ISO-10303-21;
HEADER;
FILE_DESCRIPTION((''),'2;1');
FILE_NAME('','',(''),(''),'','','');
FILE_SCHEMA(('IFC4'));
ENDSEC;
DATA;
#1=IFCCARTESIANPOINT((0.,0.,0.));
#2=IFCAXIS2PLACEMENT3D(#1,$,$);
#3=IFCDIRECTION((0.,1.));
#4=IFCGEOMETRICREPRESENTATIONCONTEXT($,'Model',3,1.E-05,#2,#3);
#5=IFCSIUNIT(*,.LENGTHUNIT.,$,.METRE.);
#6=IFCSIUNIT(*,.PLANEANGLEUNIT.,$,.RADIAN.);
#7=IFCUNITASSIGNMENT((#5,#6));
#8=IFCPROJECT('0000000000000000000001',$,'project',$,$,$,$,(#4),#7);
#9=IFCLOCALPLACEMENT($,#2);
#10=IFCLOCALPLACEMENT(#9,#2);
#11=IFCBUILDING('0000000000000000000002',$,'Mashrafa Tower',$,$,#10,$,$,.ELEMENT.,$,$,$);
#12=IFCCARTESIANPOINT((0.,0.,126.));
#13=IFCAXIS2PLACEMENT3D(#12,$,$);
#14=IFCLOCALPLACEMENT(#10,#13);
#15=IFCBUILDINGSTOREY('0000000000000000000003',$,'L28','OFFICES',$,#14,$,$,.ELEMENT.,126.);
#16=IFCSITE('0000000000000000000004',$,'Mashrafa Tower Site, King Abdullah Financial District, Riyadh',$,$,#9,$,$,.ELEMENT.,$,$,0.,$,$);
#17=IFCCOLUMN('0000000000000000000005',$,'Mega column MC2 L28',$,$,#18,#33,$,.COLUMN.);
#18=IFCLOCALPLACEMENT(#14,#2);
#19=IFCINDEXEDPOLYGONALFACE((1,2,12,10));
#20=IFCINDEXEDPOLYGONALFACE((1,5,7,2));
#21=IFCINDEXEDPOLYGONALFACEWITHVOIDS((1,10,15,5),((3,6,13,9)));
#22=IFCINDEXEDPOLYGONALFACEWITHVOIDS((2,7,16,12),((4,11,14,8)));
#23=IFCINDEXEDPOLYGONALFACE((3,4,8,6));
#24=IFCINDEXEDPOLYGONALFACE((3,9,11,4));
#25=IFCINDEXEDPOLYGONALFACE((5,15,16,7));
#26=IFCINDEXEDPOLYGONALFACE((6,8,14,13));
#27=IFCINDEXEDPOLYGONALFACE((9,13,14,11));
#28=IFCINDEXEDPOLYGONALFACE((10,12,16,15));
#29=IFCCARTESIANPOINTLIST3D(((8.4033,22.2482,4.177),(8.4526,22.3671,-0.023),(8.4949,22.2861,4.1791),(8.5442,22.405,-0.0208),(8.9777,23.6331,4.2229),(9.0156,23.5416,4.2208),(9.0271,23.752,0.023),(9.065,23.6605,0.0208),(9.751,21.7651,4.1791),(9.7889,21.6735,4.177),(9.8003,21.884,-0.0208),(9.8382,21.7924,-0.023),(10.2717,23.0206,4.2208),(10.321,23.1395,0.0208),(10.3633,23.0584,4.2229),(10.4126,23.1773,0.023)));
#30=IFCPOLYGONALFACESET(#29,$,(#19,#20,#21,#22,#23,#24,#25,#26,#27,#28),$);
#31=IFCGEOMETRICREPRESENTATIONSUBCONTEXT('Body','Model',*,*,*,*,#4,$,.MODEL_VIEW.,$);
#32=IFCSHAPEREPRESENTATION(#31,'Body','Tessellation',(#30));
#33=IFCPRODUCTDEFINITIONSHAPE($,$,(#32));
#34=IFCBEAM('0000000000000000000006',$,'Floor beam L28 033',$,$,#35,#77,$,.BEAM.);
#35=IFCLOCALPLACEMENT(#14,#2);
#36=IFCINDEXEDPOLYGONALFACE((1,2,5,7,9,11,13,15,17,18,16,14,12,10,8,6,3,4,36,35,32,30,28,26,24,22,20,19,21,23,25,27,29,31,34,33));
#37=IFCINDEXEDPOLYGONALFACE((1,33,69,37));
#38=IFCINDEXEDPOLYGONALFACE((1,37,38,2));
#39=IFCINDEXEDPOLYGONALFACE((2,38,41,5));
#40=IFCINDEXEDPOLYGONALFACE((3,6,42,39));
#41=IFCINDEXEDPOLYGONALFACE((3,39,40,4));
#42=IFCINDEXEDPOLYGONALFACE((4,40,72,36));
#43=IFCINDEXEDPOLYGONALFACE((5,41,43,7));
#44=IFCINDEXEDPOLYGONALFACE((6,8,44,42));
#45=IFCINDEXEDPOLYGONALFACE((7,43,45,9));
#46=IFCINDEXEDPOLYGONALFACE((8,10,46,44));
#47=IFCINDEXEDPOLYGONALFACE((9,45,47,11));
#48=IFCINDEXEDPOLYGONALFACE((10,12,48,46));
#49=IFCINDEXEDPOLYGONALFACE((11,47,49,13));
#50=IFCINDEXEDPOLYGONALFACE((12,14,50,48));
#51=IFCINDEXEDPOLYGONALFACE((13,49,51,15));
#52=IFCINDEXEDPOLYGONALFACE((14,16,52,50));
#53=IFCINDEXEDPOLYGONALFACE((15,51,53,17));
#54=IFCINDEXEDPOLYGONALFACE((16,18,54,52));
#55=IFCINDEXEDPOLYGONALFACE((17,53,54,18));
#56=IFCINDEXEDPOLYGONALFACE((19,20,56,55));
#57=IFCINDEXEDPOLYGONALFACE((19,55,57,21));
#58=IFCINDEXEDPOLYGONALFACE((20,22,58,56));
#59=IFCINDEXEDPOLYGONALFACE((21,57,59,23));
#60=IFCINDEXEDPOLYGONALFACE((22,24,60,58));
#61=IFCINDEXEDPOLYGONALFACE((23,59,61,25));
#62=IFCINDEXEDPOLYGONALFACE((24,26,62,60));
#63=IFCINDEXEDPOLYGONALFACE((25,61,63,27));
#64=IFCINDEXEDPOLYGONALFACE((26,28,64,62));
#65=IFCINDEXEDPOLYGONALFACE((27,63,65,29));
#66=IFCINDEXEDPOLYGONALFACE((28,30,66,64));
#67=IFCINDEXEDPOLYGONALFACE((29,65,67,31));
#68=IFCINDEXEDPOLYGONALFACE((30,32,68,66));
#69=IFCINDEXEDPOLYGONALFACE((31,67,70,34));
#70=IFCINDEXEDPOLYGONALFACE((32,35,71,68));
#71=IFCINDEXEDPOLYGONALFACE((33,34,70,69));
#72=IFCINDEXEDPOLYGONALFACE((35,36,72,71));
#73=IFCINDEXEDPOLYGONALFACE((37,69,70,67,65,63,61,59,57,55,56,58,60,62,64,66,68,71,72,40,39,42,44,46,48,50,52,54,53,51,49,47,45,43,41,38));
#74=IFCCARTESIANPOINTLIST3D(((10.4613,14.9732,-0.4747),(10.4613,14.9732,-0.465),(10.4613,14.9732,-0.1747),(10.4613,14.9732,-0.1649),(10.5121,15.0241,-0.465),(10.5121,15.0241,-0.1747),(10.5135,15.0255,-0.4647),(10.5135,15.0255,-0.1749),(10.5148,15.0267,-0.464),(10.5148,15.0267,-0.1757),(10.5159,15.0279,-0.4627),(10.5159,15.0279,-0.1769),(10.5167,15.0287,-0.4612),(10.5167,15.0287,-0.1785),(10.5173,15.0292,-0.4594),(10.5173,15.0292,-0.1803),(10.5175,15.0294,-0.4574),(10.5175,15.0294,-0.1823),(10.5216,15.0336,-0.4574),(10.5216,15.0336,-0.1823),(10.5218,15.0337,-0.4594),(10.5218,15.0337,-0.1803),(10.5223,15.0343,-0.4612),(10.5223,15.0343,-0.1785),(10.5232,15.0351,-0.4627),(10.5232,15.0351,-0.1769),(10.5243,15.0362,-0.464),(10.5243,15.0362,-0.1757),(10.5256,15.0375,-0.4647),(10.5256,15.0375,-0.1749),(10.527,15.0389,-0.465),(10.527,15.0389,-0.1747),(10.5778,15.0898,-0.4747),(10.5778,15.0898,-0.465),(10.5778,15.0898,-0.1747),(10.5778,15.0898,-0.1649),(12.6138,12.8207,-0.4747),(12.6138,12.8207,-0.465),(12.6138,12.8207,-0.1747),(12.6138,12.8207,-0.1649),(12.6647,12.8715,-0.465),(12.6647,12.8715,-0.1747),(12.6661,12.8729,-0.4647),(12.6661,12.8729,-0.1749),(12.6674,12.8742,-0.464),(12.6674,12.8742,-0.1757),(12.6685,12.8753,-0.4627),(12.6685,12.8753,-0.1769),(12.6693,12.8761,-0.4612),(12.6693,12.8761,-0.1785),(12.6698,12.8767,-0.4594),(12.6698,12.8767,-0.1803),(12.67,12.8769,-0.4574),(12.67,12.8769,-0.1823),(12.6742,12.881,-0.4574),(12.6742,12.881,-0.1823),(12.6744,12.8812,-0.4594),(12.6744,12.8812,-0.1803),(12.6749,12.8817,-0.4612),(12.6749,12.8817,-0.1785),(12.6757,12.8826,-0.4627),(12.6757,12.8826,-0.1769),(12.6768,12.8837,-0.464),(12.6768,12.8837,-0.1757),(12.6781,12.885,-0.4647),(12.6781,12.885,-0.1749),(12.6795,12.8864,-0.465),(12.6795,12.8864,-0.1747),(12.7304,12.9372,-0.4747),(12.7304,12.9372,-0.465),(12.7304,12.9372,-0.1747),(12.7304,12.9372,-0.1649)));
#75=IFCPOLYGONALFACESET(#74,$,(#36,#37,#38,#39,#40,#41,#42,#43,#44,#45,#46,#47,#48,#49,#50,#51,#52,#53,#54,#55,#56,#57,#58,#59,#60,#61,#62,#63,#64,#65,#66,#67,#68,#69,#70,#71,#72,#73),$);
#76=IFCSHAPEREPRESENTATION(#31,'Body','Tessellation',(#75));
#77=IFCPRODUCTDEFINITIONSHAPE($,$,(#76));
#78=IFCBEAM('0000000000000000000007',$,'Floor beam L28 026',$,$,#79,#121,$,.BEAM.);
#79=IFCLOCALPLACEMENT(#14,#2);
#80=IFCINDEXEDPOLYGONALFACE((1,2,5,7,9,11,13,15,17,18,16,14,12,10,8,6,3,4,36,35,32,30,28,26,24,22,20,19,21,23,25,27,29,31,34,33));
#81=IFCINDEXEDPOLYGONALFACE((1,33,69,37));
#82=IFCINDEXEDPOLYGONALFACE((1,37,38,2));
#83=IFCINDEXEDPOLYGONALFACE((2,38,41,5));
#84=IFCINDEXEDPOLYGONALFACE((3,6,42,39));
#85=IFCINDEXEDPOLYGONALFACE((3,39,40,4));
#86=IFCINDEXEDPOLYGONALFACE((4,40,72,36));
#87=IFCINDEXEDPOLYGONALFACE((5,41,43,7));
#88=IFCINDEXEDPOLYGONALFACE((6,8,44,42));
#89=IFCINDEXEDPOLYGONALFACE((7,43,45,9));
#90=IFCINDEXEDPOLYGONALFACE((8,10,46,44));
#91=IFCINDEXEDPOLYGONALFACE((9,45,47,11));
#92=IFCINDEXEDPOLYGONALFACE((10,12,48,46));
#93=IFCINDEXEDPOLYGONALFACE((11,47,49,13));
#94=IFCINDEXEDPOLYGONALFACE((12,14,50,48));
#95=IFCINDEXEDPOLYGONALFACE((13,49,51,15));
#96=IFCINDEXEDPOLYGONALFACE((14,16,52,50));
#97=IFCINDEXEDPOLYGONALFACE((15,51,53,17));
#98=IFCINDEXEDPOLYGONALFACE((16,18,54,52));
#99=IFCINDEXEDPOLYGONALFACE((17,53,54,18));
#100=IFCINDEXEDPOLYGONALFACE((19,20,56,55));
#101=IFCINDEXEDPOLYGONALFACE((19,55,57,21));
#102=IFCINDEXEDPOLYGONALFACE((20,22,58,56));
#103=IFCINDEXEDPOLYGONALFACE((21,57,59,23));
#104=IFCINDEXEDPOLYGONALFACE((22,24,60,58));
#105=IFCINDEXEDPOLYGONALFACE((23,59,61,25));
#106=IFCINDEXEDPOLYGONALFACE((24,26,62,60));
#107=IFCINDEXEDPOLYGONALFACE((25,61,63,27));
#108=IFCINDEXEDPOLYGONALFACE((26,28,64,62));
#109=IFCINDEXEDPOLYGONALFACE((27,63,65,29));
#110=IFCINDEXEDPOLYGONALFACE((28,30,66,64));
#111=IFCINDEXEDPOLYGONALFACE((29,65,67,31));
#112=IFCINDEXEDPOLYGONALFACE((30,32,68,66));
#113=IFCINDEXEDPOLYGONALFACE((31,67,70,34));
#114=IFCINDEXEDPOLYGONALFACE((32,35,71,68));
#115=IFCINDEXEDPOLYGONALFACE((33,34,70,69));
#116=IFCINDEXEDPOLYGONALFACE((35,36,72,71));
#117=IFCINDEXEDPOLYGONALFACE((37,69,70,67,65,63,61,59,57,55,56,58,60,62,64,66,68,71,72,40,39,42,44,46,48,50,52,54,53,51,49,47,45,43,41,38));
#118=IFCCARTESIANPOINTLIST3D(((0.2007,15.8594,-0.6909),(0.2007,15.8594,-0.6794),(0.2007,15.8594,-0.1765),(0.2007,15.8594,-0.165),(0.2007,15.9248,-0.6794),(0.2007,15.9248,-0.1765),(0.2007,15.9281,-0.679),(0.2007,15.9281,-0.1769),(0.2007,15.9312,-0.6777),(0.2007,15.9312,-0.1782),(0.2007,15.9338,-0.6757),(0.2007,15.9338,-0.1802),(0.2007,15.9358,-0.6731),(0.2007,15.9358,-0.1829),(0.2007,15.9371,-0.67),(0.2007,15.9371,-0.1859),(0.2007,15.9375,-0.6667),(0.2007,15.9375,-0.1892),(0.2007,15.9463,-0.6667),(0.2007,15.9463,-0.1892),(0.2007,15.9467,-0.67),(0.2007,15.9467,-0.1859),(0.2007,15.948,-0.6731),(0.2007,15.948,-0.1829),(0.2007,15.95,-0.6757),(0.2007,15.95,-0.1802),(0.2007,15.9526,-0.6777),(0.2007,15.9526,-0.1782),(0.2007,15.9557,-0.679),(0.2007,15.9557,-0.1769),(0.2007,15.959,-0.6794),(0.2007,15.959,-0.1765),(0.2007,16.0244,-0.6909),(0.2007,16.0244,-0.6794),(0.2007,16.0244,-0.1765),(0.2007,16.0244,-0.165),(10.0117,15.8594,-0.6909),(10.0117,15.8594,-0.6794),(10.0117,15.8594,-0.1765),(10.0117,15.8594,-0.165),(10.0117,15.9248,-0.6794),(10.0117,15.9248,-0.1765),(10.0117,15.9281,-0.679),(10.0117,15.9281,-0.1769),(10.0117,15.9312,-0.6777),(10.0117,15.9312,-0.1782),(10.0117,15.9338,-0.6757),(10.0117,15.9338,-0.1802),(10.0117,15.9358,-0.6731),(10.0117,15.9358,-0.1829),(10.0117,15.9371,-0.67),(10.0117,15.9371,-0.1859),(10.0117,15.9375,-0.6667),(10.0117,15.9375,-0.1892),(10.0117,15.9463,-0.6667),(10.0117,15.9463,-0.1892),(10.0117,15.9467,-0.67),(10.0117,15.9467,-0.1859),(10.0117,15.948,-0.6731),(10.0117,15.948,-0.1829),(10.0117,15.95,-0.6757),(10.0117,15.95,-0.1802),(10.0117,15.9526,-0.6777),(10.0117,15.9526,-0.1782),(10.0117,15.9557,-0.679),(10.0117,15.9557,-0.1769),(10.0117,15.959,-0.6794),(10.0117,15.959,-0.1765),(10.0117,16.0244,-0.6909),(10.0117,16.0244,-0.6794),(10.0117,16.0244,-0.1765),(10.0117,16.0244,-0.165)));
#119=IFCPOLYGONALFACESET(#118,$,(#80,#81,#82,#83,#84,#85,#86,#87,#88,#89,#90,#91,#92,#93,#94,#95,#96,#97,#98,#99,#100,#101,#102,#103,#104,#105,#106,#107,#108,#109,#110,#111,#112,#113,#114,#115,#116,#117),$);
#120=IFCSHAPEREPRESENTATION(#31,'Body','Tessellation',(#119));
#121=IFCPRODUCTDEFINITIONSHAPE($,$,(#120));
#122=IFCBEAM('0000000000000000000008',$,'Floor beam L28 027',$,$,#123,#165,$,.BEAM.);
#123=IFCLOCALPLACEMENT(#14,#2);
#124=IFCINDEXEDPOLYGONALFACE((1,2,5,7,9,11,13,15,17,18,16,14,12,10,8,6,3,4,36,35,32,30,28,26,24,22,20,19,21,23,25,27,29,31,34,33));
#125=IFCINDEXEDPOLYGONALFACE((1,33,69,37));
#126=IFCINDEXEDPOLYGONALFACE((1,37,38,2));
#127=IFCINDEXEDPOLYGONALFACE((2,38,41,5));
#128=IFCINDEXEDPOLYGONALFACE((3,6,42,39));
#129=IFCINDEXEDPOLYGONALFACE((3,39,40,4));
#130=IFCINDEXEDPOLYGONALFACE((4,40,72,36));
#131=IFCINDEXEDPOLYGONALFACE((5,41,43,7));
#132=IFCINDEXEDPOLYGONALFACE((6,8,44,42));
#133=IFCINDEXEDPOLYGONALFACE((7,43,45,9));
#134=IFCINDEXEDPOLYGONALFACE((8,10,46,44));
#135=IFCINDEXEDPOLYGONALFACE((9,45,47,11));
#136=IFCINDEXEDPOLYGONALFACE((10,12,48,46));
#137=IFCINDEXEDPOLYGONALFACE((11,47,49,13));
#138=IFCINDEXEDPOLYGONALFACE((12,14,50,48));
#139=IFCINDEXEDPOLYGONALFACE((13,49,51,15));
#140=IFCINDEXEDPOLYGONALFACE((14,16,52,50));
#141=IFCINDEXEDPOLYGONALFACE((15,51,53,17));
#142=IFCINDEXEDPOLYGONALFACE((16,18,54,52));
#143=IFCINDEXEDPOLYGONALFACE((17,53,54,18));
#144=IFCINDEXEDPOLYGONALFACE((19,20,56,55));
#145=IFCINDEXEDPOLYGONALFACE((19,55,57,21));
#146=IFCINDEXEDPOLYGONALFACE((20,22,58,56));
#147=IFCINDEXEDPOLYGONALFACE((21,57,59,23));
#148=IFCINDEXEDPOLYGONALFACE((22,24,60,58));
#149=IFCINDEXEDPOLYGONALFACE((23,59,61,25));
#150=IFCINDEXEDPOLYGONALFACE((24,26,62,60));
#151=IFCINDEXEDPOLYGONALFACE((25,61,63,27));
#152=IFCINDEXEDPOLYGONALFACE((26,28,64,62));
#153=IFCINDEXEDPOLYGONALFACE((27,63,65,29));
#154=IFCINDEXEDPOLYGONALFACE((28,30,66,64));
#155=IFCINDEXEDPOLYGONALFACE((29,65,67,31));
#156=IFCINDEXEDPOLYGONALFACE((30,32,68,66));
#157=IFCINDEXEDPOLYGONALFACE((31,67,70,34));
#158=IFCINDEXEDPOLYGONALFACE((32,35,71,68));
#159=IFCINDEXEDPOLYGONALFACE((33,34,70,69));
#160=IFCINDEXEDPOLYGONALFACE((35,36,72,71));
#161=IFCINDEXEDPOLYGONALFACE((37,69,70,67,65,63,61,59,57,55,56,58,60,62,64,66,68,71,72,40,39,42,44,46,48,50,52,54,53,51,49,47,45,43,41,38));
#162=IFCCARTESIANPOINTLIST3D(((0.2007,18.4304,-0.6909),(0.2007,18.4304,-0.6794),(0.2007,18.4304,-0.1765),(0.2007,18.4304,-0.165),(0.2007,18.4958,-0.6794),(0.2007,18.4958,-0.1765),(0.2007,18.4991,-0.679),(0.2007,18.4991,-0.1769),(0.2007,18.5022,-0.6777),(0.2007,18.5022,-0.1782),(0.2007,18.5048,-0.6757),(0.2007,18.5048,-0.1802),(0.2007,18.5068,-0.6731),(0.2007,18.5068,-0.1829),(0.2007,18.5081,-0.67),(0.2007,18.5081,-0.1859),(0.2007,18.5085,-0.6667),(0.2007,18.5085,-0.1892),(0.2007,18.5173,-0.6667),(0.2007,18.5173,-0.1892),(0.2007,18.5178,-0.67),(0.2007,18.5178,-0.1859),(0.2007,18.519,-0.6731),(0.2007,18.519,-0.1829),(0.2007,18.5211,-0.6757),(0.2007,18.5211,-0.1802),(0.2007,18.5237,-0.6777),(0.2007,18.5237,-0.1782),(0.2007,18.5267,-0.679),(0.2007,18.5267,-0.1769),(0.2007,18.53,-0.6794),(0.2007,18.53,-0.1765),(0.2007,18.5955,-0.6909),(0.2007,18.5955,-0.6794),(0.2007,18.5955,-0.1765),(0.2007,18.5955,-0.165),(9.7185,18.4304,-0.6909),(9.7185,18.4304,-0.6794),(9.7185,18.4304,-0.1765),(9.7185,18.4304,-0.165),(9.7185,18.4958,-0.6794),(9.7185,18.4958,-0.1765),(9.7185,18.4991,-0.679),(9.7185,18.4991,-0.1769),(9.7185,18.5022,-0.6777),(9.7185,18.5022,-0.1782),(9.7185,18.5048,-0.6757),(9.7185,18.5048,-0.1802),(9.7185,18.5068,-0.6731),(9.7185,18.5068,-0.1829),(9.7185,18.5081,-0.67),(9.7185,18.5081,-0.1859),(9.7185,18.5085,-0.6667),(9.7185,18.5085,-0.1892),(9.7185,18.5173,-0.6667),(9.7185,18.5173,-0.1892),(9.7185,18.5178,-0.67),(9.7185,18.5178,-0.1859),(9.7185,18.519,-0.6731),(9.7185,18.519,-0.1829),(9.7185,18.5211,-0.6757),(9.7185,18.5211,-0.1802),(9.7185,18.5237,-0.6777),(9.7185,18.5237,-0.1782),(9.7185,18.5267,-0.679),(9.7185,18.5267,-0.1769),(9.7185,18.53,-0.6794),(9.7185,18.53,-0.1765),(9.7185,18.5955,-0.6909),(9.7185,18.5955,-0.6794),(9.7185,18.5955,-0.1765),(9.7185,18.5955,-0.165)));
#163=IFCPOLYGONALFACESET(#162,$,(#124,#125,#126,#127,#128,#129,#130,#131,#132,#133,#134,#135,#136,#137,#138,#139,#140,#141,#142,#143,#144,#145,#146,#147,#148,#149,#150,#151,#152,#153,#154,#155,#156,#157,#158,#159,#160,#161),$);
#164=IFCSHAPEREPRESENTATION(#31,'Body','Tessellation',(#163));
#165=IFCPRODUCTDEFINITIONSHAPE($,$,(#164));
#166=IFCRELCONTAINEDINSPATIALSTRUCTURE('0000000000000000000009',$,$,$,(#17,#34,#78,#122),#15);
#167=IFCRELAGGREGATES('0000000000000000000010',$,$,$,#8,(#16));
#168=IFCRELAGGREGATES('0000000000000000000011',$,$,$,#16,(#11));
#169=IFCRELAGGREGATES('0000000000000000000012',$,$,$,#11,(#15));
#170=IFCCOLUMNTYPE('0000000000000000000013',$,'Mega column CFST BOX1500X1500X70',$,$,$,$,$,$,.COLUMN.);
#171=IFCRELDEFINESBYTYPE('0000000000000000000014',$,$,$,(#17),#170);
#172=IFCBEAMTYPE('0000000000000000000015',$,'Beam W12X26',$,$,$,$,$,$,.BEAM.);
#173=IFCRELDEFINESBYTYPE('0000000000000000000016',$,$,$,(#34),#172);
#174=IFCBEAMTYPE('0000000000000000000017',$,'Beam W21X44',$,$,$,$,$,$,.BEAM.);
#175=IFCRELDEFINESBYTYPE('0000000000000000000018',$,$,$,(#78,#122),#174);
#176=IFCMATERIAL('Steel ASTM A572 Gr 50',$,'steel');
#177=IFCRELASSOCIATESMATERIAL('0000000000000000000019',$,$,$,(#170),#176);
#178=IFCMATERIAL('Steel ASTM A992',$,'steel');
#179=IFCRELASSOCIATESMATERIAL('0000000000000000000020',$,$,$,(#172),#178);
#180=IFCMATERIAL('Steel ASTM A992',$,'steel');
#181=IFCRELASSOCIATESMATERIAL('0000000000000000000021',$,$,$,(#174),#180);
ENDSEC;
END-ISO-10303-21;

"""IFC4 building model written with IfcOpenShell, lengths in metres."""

from ifc_helpers import new_model, si_unit, direction, frame, origin, origin_2d, place, context, subcontext, project, spatial, hollow_rectangle, i_section, extrude, material, material_profile, profile_set, type_object, element, save


model = new_model("IFC4")

# Units and contexts
model_context = context("Model", 3, precision=1e-05, world=origin(), true_north=direction((0.0, 1.0)))
body_context = subcontext(model_context, "Body", "Model", "MODEL_VIEW")
ifc_project = project(units=[si_unit("LENGTHUNIT", "METRE"), si_unit("PLANEANGLEUNIT", "RADIAN")], contexts=[model_context])

# Site, building, storey
site_placement = place(None, origin())
site = spatial("IfcSite", under=ifc_project, at=site_placement, Name="Mashrafa Tower Site, King Abdullah Financial District, Riyadh", CompositionType="ELEMENT", RefElevation=0.0)
building_placement = place(site_placement, origin())
building = spatial("IfcBuilding", under=site, at=building_placement, Name="Mashrafa Tower", CompositionType="ELEMENT")
storey_placement = place(building_placement, frame((0.0, 0.0, 126.0)))
storey = spatial("IfcBuildingStorey", under=building, at=storey_placement, Name="L28", Description="OFFICES", CompositionType="ELEMENT", Elevation=126.0)

# Column
ifc_material_1 = material(Name="Steel ASTM A572 Gr 50", Category="steel")
ifc_material_profile_1 = material_profile(ifc_material_1, hollow_rectangle(XDim=1.5, YDim=1.5, WallThickness=0.0701, at=origin_2d()), Name="BOX1500X1500X70")
ifc_profile_set_1 = profile_set([ifc_material_profile_1], Name="Steel ASTM A572 Gr 50")
column_type = type_object("IfcColumnType", Name="Mega column CFST BOX1500X1500X70", PredefinedType="COLUMN", material=ifc_profile_set_1)
column_placement = place(storey_placement, frame((9.4326, 22.7722, 0.0), z_axis=(-0.011737, -0.028296, 0.999531), x_axis=(0.923693, -0.383133, 0.0)))
element("IfcColumn", 1, at=column_placement, inside=storey, type_object=column_type, Name="Mega column MC2 L28", PredefinedType="COLUMN", context=body_context, shape_type="SweptSolid", body=[
    extrude(hollow_rectangle(XDim=1.5, YDim=1.5, WallThickness=0.0701, at=origin_2d()), origin(), (0.0, 0.0, 1.0), 4.2019),
])

# Beams
ifc_material_2 = material(Name="Steel ASTM A992", Category="steel")
ifc_material_profile_2 = material_profile(ifc_material_2, i_section(OverallWidth=0.1648, OverallDepth=0.3098, WebThickness=0.0059, FlangeThickness=0.0098, FilletRadius=0.0076, at=origin_2d()), Name="W12X26")
ifc_profile_set_2 = profile_set([ifc_material_profile_2], Name="Steel ASTM A992")
beam_type_1 = type_object("IfcBeamType", Name="Beam W12X26", PredefinedType="BEAM", material=ifc_profile_set_2)
beam_1_placement = place(storey_placement, frame((10.5195, 15.0315, -0.3198), z_axis=(0.707107, -0.707107, 0.0), x_axis=(0.707107, 0.707107, 0.0)))
element("IfcBeam", 2, at=beam_1_placement, inside=storey, type_object=beam_type_1, Name="Floor beam L28 033", PredefinedType="BEAM", context=body_context, shape_type="SweptSolid", body=[
    extrude(i_section(OverallWidth=0.1648, OverallDepth=0.3098, WebThickness=0.0059, FlangeThickness=0.0098, FilletRadius=0.0076, at=origin_2d()), origin(), (0.0, 0.0, 1.0), 3.0442),
])
ifc_material_3 = material(Name="Steel ASTM A992", Category="steel")
ifc_material_profile_3 = material_profile(ifc_material_3, i_section(OverallWidth=0.165, OverallDepth=0.5259, WebThickness=0.0088, FlangeThickness=0.0115, FilletRadius=0.0127, at=origin_2d()), Name="W21X44")
ifc_profile_set_3 = profile_set([ifc_material_profile_3], Name="Steel ASTM A992")
beam_type_2 = type_object("IfcBeamType", Name="Beam W21X44", PredefinedType="BEAM", material=ifc_profile_set_3)
beam_2_placement = place(storey_placement, frame((0.2007, 15.9419, -0.428), z_axis=(1.0, 0.0, 0.0), x_axis=(0.0, 1.0, 0.0)))
element("IfcBeam", 3, at=beam_2_placement, inside=storey, type_object=beam_type_2, Name="Floor beam L28 026", PredefinedType="BEAM", context=body_context, shape_type="SweptSolid", body=[
    extrude(i_section(OverallWidth=0.165, OverallDepth=0.5259, WebThickness=0.0088, FlangeThickness=0.0115, FilletRadius=0.0127, at=origin_2d()), origin(), (0.0, 0.0, 1.0), 9.811),
])
beam_3_placement = place(storey_placement, frame((0.2007, 18.5129, -0.428), z_axis=(1.0, 0.0, 0.0), x_axis=(0.0, 1.0, 0.0)))
element("IfcBeam", 4, at=beam_3_placement, inside=storey, type_object=beam_type_2, Name="Floor beam L28 027", PredefinedType="BEAM", context=body_context, shape_type="SweptSolid", body=[
    extrude(i_section(OverallWidth=0.165, OverallDepth=0.5259, WebThickness=0.0088, FlangeThickness=0.0115, FilletRadius=0.0127, at=origin_2d()), origin(), (0.0, 0.0, 1.0), 9.5178),
])

save(model, "model.ifc")
